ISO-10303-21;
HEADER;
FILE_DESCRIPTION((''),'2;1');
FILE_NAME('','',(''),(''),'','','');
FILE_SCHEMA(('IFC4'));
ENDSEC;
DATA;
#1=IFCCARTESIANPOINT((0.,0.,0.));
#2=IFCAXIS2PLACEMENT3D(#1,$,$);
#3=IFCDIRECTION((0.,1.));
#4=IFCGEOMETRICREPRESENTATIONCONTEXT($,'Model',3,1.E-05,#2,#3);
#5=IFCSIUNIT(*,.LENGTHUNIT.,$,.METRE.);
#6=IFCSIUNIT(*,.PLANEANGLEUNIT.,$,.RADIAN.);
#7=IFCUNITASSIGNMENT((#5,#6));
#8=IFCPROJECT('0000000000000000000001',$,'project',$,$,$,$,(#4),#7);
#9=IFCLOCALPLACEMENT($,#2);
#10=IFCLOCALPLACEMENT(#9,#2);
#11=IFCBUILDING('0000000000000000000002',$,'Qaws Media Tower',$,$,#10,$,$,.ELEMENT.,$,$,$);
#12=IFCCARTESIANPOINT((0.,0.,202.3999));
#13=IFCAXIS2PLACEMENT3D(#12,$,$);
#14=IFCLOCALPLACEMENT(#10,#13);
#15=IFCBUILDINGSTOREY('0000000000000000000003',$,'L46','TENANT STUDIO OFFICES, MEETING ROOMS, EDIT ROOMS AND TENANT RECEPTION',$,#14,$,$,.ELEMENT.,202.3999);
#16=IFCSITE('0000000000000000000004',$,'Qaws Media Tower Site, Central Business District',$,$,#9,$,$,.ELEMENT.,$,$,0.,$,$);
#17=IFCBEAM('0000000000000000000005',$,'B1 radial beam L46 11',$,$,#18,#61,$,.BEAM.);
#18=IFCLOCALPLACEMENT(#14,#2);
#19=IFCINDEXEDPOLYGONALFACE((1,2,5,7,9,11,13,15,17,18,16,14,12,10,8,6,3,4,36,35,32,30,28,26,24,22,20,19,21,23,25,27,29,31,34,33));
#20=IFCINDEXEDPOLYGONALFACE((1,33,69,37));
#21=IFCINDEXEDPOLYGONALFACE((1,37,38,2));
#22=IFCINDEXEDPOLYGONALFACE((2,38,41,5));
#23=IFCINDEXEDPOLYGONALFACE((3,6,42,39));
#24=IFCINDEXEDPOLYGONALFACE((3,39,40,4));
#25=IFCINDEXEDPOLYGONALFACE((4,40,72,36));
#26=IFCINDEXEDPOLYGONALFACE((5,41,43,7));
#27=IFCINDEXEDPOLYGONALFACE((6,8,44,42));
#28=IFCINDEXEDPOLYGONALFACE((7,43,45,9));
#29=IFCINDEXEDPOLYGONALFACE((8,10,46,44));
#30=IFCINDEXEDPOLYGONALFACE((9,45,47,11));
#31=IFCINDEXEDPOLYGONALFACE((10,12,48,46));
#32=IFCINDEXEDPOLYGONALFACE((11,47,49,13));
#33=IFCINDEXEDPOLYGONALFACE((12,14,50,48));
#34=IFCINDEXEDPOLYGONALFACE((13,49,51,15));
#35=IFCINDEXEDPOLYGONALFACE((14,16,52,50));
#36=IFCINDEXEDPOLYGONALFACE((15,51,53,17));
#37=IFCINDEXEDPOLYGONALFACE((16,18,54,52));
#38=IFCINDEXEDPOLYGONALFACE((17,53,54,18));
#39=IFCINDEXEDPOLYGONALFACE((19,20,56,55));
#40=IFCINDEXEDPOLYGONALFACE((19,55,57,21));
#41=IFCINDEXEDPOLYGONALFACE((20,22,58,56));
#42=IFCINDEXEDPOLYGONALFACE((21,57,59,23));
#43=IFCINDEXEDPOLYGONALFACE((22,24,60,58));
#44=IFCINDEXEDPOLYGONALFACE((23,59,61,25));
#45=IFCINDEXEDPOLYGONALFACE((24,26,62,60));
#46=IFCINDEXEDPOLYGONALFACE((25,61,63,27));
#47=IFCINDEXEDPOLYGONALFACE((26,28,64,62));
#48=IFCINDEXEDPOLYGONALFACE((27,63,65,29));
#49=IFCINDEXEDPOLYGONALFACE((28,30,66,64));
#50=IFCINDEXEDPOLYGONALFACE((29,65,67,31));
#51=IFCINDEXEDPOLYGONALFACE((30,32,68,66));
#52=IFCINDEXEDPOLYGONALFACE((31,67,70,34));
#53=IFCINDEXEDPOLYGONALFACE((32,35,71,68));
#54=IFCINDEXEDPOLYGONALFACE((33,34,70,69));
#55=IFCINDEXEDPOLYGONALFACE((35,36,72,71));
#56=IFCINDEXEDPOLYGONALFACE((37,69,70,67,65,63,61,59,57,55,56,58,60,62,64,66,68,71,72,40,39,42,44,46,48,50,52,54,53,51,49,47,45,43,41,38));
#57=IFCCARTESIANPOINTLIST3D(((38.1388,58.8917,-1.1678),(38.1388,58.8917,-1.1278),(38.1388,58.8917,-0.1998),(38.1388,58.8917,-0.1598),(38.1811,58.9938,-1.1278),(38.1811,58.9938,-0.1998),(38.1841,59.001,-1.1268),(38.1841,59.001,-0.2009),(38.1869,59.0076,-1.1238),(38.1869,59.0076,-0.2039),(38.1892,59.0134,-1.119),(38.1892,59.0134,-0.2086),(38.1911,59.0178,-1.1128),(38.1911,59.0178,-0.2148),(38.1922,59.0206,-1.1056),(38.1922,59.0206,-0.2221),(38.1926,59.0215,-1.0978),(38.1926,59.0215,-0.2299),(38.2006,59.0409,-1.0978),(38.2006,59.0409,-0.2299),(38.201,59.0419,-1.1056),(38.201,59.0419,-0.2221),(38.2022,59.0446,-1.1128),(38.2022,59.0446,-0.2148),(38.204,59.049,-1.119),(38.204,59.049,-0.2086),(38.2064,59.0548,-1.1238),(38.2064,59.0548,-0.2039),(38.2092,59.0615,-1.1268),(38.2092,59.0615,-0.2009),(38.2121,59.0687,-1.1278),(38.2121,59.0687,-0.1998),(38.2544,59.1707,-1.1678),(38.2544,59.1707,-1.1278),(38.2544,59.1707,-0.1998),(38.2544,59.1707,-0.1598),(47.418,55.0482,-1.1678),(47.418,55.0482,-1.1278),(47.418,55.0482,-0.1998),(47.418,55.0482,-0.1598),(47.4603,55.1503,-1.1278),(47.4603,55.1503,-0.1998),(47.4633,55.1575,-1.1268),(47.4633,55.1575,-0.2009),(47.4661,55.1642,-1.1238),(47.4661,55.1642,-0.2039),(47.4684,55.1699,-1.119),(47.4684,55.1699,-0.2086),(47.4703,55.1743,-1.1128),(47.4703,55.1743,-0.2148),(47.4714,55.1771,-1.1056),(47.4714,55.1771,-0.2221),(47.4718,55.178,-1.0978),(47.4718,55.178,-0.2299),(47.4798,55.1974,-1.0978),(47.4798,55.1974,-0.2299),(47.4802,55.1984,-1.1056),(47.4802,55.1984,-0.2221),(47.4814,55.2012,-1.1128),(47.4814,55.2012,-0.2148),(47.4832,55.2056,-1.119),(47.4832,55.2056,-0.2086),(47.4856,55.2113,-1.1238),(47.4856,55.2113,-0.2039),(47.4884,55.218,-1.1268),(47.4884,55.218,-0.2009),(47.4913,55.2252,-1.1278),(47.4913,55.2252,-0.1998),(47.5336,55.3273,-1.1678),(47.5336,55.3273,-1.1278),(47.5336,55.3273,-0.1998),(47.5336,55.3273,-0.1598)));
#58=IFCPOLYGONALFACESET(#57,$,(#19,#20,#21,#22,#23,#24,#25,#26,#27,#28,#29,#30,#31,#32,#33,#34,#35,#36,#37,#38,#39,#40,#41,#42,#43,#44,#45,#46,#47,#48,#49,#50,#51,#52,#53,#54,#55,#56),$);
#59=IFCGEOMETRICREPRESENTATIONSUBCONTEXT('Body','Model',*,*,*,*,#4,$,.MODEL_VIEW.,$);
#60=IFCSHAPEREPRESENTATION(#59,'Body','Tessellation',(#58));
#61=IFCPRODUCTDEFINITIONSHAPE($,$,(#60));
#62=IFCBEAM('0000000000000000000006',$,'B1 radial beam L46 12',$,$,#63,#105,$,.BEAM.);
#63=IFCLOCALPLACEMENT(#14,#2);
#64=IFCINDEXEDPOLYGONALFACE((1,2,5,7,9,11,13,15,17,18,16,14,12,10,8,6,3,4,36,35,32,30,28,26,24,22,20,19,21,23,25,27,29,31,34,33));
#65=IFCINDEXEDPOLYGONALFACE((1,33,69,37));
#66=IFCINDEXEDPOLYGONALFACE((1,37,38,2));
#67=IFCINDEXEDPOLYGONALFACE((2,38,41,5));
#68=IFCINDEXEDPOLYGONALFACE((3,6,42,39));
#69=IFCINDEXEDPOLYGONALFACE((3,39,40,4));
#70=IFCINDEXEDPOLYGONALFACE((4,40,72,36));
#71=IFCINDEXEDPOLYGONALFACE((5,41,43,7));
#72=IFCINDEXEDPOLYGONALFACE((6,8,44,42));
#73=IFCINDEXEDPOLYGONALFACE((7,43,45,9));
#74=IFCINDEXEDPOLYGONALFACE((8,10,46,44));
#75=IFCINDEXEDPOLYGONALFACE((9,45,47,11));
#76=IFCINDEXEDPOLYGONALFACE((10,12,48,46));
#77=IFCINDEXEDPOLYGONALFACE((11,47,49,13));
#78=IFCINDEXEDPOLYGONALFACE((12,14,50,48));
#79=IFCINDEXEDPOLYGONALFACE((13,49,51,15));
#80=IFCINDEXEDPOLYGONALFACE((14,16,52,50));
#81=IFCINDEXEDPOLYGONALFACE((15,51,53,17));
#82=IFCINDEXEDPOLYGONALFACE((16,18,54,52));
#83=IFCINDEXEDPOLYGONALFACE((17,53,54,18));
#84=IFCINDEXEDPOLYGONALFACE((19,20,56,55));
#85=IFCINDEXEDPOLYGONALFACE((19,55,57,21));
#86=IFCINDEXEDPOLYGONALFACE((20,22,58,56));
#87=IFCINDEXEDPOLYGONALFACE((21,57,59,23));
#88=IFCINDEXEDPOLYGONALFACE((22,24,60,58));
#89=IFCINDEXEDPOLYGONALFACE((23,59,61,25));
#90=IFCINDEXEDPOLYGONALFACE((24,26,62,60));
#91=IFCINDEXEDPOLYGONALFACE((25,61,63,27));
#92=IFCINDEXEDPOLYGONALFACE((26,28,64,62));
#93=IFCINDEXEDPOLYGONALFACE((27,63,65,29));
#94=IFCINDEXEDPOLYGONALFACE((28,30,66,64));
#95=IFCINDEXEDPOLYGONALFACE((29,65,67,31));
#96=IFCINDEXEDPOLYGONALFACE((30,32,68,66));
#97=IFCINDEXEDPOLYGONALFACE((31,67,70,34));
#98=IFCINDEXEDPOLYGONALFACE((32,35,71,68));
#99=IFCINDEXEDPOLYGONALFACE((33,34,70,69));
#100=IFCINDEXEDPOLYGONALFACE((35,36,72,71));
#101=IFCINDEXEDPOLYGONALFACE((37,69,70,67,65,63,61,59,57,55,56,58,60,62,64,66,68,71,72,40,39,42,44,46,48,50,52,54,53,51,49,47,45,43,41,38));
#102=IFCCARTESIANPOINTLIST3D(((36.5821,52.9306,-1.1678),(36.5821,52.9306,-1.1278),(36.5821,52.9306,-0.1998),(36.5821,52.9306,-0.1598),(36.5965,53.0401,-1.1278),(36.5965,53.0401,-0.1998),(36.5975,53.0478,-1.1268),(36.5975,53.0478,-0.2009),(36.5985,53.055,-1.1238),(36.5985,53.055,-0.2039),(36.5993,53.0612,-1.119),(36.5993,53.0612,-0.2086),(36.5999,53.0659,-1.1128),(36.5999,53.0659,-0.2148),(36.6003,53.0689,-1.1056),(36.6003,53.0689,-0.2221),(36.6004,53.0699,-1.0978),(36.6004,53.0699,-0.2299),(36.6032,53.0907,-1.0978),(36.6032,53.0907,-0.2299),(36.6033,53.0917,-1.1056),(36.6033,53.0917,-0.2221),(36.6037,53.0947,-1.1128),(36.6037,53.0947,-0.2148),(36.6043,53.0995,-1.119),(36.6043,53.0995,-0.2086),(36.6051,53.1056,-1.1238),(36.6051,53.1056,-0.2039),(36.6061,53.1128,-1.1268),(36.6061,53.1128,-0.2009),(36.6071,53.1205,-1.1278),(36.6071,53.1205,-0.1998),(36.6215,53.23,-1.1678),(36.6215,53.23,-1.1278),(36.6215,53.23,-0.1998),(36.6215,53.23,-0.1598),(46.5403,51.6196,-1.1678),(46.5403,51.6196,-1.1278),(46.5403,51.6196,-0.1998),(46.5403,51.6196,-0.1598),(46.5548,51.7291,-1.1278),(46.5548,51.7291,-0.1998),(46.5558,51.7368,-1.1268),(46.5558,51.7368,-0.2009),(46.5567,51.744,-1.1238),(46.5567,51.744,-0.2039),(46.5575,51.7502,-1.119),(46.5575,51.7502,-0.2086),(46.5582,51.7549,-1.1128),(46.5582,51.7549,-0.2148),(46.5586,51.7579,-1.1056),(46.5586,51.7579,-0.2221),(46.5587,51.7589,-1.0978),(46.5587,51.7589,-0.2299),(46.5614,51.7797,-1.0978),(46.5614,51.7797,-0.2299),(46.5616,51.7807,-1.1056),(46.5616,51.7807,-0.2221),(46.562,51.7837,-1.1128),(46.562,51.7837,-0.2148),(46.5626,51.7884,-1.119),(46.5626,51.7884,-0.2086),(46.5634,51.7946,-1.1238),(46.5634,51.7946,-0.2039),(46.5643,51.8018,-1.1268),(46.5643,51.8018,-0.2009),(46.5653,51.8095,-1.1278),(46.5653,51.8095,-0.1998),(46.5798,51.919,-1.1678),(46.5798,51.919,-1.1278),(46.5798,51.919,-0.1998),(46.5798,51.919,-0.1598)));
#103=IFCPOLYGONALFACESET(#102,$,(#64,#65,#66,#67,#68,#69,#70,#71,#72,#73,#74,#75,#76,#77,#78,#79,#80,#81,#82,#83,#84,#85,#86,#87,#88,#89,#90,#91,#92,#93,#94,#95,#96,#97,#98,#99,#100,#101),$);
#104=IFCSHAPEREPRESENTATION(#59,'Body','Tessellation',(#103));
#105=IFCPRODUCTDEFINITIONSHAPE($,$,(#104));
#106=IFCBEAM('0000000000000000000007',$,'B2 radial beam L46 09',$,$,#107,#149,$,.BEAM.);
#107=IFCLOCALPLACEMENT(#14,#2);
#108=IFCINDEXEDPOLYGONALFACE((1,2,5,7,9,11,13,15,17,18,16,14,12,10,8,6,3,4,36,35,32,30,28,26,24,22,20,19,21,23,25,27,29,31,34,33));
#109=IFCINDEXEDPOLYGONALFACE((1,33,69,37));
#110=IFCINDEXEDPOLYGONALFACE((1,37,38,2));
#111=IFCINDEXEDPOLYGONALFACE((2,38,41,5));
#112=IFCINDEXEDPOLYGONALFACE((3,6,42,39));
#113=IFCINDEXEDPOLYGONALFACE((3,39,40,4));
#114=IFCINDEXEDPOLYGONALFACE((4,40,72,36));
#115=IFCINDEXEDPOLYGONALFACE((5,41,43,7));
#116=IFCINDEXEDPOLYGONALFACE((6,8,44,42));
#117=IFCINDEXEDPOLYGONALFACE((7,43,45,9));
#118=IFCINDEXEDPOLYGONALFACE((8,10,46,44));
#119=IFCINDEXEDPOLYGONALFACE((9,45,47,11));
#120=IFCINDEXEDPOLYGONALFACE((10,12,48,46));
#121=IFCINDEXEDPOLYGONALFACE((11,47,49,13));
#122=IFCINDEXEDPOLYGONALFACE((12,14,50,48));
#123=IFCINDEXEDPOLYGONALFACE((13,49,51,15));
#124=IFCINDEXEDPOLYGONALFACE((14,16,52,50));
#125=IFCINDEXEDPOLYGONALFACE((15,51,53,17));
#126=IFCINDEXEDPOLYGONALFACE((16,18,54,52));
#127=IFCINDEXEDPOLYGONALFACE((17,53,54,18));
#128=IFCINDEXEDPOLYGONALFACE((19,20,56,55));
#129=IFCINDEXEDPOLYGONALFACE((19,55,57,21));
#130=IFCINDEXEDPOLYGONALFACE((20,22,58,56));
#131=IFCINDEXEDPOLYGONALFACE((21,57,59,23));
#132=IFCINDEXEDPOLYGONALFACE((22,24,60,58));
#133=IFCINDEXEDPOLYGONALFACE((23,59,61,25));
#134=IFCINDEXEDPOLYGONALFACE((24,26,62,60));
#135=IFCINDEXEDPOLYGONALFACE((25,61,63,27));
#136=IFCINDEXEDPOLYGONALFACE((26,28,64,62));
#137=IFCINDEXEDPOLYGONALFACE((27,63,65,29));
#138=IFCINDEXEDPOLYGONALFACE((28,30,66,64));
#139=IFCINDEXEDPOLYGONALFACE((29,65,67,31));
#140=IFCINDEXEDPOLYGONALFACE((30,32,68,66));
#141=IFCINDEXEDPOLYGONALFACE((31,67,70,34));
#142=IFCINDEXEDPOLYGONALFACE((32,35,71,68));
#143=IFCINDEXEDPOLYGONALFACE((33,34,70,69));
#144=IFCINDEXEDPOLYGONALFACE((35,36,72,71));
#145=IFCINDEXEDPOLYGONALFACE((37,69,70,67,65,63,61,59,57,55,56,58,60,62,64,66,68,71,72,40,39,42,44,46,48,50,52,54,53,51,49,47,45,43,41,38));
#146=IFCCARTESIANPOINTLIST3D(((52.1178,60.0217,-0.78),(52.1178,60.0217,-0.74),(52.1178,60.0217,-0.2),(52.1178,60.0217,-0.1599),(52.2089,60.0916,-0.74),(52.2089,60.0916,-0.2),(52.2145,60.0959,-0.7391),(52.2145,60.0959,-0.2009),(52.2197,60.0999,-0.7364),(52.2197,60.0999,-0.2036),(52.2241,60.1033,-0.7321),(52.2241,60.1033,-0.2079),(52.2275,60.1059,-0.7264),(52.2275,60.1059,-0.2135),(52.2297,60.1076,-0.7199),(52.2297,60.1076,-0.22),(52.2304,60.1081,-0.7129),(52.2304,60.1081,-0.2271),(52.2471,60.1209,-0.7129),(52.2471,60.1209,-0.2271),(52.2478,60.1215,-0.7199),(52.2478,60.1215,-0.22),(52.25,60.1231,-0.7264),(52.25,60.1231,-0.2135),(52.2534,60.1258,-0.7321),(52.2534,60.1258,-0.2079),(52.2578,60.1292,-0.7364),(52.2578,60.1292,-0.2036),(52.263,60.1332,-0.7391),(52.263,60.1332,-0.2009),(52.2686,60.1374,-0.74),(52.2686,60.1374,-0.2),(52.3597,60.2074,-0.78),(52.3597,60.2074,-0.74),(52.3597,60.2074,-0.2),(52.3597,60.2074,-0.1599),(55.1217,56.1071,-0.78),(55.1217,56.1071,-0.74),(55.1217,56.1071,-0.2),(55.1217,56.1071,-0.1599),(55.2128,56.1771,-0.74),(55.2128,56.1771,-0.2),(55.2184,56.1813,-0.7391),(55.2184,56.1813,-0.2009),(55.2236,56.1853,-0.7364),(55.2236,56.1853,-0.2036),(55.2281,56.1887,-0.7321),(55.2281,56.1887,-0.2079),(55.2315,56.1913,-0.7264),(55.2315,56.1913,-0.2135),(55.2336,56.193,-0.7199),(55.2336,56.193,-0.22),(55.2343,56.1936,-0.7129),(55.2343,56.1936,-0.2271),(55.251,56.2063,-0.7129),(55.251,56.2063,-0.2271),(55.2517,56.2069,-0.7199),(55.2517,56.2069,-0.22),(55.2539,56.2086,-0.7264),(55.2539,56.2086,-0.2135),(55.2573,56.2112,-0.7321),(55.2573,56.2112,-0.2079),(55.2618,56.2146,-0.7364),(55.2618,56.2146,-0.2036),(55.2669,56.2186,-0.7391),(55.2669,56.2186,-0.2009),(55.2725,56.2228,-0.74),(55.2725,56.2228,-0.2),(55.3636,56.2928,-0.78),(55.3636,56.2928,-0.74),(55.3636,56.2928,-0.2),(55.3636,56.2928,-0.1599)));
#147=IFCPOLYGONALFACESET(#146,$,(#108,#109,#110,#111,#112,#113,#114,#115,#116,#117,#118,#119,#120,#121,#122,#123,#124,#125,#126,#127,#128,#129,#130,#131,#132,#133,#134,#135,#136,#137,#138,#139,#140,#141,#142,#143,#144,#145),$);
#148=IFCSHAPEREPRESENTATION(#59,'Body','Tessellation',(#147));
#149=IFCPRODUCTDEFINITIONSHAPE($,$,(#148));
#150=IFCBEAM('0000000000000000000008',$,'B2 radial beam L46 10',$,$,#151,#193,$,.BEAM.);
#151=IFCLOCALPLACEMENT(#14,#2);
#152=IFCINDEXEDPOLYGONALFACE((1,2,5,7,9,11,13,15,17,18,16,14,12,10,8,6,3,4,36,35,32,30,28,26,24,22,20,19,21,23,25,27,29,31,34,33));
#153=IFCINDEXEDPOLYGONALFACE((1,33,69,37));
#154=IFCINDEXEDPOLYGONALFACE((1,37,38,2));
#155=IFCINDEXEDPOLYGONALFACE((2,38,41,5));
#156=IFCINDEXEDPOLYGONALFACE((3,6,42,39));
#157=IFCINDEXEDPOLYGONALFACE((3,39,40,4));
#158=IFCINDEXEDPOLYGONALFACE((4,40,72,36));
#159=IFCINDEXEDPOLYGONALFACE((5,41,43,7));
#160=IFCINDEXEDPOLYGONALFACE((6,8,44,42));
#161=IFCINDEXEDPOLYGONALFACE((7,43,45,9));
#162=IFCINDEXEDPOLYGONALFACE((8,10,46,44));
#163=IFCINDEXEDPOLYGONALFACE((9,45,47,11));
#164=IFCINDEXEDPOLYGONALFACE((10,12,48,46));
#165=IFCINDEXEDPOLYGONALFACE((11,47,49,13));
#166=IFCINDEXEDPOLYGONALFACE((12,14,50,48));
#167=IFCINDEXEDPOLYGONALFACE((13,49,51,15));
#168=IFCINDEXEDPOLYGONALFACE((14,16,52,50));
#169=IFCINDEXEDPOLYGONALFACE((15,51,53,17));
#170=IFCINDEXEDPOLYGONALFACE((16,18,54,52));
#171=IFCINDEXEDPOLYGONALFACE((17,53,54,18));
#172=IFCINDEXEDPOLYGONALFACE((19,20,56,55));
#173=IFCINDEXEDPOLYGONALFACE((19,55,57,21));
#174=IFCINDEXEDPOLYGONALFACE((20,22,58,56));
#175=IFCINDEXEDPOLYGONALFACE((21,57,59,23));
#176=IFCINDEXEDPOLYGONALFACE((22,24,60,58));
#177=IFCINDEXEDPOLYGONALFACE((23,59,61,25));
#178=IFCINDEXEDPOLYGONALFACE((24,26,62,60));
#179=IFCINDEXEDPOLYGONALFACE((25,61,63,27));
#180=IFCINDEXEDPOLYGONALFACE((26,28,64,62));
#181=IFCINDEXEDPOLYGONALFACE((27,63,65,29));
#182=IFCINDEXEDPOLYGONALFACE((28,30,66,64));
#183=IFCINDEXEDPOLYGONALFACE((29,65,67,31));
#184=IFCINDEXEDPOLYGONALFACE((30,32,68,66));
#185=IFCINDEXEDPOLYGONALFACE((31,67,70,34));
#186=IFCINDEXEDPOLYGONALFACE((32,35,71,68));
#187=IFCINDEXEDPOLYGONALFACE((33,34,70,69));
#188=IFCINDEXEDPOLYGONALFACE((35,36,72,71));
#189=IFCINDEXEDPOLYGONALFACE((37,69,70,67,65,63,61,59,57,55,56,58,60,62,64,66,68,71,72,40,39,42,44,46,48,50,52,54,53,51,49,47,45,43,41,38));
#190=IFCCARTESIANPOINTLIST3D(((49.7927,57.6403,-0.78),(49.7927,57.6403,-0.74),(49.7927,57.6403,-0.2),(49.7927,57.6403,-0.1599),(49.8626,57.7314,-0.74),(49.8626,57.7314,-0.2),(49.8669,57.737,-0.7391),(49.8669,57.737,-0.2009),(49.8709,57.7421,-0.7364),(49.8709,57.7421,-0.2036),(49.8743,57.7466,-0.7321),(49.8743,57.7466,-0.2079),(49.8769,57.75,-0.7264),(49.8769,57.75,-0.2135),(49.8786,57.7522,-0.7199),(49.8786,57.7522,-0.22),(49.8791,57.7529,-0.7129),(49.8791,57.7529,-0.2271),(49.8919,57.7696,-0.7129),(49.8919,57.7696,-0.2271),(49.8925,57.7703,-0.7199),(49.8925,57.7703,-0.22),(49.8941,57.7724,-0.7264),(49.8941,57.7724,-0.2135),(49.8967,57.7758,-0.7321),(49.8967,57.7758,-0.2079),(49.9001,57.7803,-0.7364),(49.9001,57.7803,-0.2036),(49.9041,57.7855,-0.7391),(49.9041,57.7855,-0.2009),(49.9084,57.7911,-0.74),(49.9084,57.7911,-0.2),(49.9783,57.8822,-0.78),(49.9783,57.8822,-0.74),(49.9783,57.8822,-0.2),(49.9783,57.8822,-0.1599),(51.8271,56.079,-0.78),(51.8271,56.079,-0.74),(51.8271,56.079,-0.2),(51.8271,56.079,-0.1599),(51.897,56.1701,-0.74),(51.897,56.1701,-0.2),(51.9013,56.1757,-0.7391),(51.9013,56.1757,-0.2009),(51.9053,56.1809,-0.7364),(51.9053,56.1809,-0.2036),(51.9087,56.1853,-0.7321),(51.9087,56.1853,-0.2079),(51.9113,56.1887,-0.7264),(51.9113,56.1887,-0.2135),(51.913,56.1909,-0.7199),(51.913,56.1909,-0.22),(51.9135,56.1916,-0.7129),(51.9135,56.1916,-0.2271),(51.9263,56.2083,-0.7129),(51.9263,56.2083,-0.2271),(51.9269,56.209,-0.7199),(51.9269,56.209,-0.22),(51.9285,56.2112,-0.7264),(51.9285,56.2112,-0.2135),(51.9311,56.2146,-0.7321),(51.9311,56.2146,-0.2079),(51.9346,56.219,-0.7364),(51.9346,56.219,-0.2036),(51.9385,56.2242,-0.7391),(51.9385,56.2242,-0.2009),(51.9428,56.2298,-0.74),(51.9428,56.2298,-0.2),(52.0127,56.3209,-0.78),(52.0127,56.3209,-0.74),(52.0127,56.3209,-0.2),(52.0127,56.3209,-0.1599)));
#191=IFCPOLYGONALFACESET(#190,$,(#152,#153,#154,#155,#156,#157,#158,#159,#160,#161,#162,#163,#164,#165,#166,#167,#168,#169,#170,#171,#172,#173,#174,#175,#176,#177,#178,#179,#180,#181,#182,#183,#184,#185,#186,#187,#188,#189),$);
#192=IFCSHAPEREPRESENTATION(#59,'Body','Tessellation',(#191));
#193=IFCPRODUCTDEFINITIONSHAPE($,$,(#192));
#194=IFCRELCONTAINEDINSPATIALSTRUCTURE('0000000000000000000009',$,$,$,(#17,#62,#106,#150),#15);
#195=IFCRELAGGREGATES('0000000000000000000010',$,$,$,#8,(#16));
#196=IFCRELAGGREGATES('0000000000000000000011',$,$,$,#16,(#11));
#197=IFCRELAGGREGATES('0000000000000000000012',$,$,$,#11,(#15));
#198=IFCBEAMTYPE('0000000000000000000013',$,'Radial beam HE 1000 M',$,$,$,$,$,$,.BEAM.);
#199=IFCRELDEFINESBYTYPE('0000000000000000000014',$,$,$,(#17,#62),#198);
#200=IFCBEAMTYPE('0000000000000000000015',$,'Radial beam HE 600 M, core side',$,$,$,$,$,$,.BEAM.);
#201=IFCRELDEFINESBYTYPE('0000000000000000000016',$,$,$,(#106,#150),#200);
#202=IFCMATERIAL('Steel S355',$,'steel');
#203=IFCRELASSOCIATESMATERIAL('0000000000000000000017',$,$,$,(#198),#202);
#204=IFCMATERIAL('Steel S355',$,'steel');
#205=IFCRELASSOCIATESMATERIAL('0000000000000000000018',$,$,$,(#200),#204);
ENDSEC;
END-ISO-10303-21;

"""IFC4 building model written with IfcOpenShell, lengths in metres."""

from ifc_helpers import new_model, si_unit, direction, frame, origin, origin_2d, place, context, subcontext, project, spatial, i_section, extrude, material, material_profile, profile_set, type_object, element, save


model = new_model("IFC4")

# Units and contexts
model_context = context("Model", 3, precision=1e-05, world=origin(), true_north=direction((0.0, 1.0)))
body_context = subcontext(model_context, "Body", "Model", "MODEL_VIEW")
ifc_project = project(units=[si_unit("LENGTHUNIT", "METRE"), si_unit("PLANEANGLEUNIT", "RADIAN")], contexts=[model_context])

# Site, building, storey
site_placement = place(None, origin())
site = spatial("IfcSite", under=ifc_project, at=site_placement, Name="Qaws Media Tower Site, Central Business District", CompositionType="ELEMENT", RefElevation=0.0)
building_placement = place(site_placement, origin())
building = spatial("IfcBuilding", under=site, at=building_placement, Name="Qaws Media Tower", CompositionType="ELEMENT")
storey_placement = place(building_placement, frame((0.0, 0.0, 202.3999)))
storey = spatial("IfcBuildingStorey", under=building, at=storey_placement, Name="L46", Description="TENANT STUDIO OFFICES, MEETING ROOMS, EDIT ROOMS AND TENANT RECEPTION", CompositionType="ELEMENT", Elevation=202.3999)

# Beams
ifc_material_1 = material(Name="Steel S355", Category="steel")
ifc_material_profile_1 = material_profile(ifc_material_1, i_section(OverallWidth=0.302, OverallDepth=1.0081, WebThickness=0.021, FlangeThickness=0.04, FilletRadius=0.03, at=origin_2d()), Name="HE 1000 M")
ifc_profile_set_1 = profile_set([ifc_material_profile_1], Name="Steel S355")
beam_type_1 = type_object("IfcBeamType", Name="Radial beam HE 1000 M", PredefinedType="BEAM", material=ifc_profile_set_1)
beam_1_placement = place(storey_placement, frame((47.4758, 55.1877, -0.6638), z_axis=(-0.923883, 0.382675, 0.0), x_axis=(-0.382675, -0.923883, 0.0)))
element("IfcBeam", 1, at=beam_1_placement, inside=storey, type_object=beam_type_1, Name="B1 radial beam L46 11", PredefinedType="BEAM", context=body_context, shape_type="SweptSolid", body=[
    extrude(i_section(OverallWidth=0.302, OverallDepth=1.0081, WebThickness=0.021, FlangeThickness=0.04, FilletRadius=0.03, at=origin_2d()), origin(), (0.0, 0.0, 1.0), 10.0437),
])
beam_2_placement = place(storey_placement, frame((46.5601, 51.7693, -0.6638), z_axis=(-0.991445, 0.130527, 0.0), x_axis=(-0.130527, -0.991445, 0.0)))
element("IfcBeam", 2, at=beam_2_placement, inside=storey, type_object=beam_type_1, Name="B1 radial beam L46 12", PredefinedType="BEAM", context=body_context, shape_type="SweptSolid", body=[
    extrude(i_section(OverallWidth=0.302, OverallDepth=1.0081, WebThickness=0.021, FlangeThickness=0.04, FilletRadius=0.03, at=origin_2d()), origin(), (0.0, 0.0, 1.0), 10.0442),
])
ifc_material_2 = material(Name="Steel S355", Category="steel")
ifc_material_profile_2 = material_profile(ifc_material_2, i_section(OverallWidth=0.3049, OverallDepth=0.6201, WebThickness=0.021, FlangeThickness=0.04, FilletRadius=0.0271, at=origin_2d()), Name="HE 600 M")
ifc_profile_set_2 = profile_set([ifc_material_profile_2], Name="Steel S355")
beam_type_2 = type_object("IfcBeamType", Name="Radial beam HE 600 M, core side", PredefinedType="BEAM", material=ifc_profile_set_2)
beam_3_placement = place(storey_placement, frame((55.2427, 56.2, -0.47), z_axis=(-0.608783, 0.793337, 0.0), x_axis=(-0.793337, -0.608783, 0.0)))
element("IfcBeam", 3, at=beam_3_placement, inside=storey, type_object=beam_type_2, Name="B2 radial beam L46 09", PredefinedType="BEAM", context=body_context, shape_type="SweptSolid", body=[
    extrude(i_section(OverallWidth=0.3049, OverallDepth=0.6201, WebThickness=0.021, FlangeThickness=0.04, FilletRadius=0.0271, at=origin_2d()), origin(), (0.0, 0.0, 1.0), 4.9343),
])
beam_4_placement = place(storey_placement, frame((51.9199, 56.2, -0.47), z_axis=(-0.793314, 0.608813, 0.0), x_axis=(-0.608813, -0.793314, 0.0)))
element("IfcBeam", 4, at=beam_4_placement, inside=storey, type_object=beam_type_2, Name="B2 radial beam L46 10", PredefinedType="BEAM", context=body_context, shape_type="SweptSolid", body=[
    extrude(i_section(OverallWidth=0.3049, OverallDepth=0.6201, WebThickness=0.021, FlangeThickness=0.04, FilletRadius=0.0271, at=origin_2d()), origin(), (0.0, 0.0, 1.0), 2.5645),
])

save(model, "model.ifc")
